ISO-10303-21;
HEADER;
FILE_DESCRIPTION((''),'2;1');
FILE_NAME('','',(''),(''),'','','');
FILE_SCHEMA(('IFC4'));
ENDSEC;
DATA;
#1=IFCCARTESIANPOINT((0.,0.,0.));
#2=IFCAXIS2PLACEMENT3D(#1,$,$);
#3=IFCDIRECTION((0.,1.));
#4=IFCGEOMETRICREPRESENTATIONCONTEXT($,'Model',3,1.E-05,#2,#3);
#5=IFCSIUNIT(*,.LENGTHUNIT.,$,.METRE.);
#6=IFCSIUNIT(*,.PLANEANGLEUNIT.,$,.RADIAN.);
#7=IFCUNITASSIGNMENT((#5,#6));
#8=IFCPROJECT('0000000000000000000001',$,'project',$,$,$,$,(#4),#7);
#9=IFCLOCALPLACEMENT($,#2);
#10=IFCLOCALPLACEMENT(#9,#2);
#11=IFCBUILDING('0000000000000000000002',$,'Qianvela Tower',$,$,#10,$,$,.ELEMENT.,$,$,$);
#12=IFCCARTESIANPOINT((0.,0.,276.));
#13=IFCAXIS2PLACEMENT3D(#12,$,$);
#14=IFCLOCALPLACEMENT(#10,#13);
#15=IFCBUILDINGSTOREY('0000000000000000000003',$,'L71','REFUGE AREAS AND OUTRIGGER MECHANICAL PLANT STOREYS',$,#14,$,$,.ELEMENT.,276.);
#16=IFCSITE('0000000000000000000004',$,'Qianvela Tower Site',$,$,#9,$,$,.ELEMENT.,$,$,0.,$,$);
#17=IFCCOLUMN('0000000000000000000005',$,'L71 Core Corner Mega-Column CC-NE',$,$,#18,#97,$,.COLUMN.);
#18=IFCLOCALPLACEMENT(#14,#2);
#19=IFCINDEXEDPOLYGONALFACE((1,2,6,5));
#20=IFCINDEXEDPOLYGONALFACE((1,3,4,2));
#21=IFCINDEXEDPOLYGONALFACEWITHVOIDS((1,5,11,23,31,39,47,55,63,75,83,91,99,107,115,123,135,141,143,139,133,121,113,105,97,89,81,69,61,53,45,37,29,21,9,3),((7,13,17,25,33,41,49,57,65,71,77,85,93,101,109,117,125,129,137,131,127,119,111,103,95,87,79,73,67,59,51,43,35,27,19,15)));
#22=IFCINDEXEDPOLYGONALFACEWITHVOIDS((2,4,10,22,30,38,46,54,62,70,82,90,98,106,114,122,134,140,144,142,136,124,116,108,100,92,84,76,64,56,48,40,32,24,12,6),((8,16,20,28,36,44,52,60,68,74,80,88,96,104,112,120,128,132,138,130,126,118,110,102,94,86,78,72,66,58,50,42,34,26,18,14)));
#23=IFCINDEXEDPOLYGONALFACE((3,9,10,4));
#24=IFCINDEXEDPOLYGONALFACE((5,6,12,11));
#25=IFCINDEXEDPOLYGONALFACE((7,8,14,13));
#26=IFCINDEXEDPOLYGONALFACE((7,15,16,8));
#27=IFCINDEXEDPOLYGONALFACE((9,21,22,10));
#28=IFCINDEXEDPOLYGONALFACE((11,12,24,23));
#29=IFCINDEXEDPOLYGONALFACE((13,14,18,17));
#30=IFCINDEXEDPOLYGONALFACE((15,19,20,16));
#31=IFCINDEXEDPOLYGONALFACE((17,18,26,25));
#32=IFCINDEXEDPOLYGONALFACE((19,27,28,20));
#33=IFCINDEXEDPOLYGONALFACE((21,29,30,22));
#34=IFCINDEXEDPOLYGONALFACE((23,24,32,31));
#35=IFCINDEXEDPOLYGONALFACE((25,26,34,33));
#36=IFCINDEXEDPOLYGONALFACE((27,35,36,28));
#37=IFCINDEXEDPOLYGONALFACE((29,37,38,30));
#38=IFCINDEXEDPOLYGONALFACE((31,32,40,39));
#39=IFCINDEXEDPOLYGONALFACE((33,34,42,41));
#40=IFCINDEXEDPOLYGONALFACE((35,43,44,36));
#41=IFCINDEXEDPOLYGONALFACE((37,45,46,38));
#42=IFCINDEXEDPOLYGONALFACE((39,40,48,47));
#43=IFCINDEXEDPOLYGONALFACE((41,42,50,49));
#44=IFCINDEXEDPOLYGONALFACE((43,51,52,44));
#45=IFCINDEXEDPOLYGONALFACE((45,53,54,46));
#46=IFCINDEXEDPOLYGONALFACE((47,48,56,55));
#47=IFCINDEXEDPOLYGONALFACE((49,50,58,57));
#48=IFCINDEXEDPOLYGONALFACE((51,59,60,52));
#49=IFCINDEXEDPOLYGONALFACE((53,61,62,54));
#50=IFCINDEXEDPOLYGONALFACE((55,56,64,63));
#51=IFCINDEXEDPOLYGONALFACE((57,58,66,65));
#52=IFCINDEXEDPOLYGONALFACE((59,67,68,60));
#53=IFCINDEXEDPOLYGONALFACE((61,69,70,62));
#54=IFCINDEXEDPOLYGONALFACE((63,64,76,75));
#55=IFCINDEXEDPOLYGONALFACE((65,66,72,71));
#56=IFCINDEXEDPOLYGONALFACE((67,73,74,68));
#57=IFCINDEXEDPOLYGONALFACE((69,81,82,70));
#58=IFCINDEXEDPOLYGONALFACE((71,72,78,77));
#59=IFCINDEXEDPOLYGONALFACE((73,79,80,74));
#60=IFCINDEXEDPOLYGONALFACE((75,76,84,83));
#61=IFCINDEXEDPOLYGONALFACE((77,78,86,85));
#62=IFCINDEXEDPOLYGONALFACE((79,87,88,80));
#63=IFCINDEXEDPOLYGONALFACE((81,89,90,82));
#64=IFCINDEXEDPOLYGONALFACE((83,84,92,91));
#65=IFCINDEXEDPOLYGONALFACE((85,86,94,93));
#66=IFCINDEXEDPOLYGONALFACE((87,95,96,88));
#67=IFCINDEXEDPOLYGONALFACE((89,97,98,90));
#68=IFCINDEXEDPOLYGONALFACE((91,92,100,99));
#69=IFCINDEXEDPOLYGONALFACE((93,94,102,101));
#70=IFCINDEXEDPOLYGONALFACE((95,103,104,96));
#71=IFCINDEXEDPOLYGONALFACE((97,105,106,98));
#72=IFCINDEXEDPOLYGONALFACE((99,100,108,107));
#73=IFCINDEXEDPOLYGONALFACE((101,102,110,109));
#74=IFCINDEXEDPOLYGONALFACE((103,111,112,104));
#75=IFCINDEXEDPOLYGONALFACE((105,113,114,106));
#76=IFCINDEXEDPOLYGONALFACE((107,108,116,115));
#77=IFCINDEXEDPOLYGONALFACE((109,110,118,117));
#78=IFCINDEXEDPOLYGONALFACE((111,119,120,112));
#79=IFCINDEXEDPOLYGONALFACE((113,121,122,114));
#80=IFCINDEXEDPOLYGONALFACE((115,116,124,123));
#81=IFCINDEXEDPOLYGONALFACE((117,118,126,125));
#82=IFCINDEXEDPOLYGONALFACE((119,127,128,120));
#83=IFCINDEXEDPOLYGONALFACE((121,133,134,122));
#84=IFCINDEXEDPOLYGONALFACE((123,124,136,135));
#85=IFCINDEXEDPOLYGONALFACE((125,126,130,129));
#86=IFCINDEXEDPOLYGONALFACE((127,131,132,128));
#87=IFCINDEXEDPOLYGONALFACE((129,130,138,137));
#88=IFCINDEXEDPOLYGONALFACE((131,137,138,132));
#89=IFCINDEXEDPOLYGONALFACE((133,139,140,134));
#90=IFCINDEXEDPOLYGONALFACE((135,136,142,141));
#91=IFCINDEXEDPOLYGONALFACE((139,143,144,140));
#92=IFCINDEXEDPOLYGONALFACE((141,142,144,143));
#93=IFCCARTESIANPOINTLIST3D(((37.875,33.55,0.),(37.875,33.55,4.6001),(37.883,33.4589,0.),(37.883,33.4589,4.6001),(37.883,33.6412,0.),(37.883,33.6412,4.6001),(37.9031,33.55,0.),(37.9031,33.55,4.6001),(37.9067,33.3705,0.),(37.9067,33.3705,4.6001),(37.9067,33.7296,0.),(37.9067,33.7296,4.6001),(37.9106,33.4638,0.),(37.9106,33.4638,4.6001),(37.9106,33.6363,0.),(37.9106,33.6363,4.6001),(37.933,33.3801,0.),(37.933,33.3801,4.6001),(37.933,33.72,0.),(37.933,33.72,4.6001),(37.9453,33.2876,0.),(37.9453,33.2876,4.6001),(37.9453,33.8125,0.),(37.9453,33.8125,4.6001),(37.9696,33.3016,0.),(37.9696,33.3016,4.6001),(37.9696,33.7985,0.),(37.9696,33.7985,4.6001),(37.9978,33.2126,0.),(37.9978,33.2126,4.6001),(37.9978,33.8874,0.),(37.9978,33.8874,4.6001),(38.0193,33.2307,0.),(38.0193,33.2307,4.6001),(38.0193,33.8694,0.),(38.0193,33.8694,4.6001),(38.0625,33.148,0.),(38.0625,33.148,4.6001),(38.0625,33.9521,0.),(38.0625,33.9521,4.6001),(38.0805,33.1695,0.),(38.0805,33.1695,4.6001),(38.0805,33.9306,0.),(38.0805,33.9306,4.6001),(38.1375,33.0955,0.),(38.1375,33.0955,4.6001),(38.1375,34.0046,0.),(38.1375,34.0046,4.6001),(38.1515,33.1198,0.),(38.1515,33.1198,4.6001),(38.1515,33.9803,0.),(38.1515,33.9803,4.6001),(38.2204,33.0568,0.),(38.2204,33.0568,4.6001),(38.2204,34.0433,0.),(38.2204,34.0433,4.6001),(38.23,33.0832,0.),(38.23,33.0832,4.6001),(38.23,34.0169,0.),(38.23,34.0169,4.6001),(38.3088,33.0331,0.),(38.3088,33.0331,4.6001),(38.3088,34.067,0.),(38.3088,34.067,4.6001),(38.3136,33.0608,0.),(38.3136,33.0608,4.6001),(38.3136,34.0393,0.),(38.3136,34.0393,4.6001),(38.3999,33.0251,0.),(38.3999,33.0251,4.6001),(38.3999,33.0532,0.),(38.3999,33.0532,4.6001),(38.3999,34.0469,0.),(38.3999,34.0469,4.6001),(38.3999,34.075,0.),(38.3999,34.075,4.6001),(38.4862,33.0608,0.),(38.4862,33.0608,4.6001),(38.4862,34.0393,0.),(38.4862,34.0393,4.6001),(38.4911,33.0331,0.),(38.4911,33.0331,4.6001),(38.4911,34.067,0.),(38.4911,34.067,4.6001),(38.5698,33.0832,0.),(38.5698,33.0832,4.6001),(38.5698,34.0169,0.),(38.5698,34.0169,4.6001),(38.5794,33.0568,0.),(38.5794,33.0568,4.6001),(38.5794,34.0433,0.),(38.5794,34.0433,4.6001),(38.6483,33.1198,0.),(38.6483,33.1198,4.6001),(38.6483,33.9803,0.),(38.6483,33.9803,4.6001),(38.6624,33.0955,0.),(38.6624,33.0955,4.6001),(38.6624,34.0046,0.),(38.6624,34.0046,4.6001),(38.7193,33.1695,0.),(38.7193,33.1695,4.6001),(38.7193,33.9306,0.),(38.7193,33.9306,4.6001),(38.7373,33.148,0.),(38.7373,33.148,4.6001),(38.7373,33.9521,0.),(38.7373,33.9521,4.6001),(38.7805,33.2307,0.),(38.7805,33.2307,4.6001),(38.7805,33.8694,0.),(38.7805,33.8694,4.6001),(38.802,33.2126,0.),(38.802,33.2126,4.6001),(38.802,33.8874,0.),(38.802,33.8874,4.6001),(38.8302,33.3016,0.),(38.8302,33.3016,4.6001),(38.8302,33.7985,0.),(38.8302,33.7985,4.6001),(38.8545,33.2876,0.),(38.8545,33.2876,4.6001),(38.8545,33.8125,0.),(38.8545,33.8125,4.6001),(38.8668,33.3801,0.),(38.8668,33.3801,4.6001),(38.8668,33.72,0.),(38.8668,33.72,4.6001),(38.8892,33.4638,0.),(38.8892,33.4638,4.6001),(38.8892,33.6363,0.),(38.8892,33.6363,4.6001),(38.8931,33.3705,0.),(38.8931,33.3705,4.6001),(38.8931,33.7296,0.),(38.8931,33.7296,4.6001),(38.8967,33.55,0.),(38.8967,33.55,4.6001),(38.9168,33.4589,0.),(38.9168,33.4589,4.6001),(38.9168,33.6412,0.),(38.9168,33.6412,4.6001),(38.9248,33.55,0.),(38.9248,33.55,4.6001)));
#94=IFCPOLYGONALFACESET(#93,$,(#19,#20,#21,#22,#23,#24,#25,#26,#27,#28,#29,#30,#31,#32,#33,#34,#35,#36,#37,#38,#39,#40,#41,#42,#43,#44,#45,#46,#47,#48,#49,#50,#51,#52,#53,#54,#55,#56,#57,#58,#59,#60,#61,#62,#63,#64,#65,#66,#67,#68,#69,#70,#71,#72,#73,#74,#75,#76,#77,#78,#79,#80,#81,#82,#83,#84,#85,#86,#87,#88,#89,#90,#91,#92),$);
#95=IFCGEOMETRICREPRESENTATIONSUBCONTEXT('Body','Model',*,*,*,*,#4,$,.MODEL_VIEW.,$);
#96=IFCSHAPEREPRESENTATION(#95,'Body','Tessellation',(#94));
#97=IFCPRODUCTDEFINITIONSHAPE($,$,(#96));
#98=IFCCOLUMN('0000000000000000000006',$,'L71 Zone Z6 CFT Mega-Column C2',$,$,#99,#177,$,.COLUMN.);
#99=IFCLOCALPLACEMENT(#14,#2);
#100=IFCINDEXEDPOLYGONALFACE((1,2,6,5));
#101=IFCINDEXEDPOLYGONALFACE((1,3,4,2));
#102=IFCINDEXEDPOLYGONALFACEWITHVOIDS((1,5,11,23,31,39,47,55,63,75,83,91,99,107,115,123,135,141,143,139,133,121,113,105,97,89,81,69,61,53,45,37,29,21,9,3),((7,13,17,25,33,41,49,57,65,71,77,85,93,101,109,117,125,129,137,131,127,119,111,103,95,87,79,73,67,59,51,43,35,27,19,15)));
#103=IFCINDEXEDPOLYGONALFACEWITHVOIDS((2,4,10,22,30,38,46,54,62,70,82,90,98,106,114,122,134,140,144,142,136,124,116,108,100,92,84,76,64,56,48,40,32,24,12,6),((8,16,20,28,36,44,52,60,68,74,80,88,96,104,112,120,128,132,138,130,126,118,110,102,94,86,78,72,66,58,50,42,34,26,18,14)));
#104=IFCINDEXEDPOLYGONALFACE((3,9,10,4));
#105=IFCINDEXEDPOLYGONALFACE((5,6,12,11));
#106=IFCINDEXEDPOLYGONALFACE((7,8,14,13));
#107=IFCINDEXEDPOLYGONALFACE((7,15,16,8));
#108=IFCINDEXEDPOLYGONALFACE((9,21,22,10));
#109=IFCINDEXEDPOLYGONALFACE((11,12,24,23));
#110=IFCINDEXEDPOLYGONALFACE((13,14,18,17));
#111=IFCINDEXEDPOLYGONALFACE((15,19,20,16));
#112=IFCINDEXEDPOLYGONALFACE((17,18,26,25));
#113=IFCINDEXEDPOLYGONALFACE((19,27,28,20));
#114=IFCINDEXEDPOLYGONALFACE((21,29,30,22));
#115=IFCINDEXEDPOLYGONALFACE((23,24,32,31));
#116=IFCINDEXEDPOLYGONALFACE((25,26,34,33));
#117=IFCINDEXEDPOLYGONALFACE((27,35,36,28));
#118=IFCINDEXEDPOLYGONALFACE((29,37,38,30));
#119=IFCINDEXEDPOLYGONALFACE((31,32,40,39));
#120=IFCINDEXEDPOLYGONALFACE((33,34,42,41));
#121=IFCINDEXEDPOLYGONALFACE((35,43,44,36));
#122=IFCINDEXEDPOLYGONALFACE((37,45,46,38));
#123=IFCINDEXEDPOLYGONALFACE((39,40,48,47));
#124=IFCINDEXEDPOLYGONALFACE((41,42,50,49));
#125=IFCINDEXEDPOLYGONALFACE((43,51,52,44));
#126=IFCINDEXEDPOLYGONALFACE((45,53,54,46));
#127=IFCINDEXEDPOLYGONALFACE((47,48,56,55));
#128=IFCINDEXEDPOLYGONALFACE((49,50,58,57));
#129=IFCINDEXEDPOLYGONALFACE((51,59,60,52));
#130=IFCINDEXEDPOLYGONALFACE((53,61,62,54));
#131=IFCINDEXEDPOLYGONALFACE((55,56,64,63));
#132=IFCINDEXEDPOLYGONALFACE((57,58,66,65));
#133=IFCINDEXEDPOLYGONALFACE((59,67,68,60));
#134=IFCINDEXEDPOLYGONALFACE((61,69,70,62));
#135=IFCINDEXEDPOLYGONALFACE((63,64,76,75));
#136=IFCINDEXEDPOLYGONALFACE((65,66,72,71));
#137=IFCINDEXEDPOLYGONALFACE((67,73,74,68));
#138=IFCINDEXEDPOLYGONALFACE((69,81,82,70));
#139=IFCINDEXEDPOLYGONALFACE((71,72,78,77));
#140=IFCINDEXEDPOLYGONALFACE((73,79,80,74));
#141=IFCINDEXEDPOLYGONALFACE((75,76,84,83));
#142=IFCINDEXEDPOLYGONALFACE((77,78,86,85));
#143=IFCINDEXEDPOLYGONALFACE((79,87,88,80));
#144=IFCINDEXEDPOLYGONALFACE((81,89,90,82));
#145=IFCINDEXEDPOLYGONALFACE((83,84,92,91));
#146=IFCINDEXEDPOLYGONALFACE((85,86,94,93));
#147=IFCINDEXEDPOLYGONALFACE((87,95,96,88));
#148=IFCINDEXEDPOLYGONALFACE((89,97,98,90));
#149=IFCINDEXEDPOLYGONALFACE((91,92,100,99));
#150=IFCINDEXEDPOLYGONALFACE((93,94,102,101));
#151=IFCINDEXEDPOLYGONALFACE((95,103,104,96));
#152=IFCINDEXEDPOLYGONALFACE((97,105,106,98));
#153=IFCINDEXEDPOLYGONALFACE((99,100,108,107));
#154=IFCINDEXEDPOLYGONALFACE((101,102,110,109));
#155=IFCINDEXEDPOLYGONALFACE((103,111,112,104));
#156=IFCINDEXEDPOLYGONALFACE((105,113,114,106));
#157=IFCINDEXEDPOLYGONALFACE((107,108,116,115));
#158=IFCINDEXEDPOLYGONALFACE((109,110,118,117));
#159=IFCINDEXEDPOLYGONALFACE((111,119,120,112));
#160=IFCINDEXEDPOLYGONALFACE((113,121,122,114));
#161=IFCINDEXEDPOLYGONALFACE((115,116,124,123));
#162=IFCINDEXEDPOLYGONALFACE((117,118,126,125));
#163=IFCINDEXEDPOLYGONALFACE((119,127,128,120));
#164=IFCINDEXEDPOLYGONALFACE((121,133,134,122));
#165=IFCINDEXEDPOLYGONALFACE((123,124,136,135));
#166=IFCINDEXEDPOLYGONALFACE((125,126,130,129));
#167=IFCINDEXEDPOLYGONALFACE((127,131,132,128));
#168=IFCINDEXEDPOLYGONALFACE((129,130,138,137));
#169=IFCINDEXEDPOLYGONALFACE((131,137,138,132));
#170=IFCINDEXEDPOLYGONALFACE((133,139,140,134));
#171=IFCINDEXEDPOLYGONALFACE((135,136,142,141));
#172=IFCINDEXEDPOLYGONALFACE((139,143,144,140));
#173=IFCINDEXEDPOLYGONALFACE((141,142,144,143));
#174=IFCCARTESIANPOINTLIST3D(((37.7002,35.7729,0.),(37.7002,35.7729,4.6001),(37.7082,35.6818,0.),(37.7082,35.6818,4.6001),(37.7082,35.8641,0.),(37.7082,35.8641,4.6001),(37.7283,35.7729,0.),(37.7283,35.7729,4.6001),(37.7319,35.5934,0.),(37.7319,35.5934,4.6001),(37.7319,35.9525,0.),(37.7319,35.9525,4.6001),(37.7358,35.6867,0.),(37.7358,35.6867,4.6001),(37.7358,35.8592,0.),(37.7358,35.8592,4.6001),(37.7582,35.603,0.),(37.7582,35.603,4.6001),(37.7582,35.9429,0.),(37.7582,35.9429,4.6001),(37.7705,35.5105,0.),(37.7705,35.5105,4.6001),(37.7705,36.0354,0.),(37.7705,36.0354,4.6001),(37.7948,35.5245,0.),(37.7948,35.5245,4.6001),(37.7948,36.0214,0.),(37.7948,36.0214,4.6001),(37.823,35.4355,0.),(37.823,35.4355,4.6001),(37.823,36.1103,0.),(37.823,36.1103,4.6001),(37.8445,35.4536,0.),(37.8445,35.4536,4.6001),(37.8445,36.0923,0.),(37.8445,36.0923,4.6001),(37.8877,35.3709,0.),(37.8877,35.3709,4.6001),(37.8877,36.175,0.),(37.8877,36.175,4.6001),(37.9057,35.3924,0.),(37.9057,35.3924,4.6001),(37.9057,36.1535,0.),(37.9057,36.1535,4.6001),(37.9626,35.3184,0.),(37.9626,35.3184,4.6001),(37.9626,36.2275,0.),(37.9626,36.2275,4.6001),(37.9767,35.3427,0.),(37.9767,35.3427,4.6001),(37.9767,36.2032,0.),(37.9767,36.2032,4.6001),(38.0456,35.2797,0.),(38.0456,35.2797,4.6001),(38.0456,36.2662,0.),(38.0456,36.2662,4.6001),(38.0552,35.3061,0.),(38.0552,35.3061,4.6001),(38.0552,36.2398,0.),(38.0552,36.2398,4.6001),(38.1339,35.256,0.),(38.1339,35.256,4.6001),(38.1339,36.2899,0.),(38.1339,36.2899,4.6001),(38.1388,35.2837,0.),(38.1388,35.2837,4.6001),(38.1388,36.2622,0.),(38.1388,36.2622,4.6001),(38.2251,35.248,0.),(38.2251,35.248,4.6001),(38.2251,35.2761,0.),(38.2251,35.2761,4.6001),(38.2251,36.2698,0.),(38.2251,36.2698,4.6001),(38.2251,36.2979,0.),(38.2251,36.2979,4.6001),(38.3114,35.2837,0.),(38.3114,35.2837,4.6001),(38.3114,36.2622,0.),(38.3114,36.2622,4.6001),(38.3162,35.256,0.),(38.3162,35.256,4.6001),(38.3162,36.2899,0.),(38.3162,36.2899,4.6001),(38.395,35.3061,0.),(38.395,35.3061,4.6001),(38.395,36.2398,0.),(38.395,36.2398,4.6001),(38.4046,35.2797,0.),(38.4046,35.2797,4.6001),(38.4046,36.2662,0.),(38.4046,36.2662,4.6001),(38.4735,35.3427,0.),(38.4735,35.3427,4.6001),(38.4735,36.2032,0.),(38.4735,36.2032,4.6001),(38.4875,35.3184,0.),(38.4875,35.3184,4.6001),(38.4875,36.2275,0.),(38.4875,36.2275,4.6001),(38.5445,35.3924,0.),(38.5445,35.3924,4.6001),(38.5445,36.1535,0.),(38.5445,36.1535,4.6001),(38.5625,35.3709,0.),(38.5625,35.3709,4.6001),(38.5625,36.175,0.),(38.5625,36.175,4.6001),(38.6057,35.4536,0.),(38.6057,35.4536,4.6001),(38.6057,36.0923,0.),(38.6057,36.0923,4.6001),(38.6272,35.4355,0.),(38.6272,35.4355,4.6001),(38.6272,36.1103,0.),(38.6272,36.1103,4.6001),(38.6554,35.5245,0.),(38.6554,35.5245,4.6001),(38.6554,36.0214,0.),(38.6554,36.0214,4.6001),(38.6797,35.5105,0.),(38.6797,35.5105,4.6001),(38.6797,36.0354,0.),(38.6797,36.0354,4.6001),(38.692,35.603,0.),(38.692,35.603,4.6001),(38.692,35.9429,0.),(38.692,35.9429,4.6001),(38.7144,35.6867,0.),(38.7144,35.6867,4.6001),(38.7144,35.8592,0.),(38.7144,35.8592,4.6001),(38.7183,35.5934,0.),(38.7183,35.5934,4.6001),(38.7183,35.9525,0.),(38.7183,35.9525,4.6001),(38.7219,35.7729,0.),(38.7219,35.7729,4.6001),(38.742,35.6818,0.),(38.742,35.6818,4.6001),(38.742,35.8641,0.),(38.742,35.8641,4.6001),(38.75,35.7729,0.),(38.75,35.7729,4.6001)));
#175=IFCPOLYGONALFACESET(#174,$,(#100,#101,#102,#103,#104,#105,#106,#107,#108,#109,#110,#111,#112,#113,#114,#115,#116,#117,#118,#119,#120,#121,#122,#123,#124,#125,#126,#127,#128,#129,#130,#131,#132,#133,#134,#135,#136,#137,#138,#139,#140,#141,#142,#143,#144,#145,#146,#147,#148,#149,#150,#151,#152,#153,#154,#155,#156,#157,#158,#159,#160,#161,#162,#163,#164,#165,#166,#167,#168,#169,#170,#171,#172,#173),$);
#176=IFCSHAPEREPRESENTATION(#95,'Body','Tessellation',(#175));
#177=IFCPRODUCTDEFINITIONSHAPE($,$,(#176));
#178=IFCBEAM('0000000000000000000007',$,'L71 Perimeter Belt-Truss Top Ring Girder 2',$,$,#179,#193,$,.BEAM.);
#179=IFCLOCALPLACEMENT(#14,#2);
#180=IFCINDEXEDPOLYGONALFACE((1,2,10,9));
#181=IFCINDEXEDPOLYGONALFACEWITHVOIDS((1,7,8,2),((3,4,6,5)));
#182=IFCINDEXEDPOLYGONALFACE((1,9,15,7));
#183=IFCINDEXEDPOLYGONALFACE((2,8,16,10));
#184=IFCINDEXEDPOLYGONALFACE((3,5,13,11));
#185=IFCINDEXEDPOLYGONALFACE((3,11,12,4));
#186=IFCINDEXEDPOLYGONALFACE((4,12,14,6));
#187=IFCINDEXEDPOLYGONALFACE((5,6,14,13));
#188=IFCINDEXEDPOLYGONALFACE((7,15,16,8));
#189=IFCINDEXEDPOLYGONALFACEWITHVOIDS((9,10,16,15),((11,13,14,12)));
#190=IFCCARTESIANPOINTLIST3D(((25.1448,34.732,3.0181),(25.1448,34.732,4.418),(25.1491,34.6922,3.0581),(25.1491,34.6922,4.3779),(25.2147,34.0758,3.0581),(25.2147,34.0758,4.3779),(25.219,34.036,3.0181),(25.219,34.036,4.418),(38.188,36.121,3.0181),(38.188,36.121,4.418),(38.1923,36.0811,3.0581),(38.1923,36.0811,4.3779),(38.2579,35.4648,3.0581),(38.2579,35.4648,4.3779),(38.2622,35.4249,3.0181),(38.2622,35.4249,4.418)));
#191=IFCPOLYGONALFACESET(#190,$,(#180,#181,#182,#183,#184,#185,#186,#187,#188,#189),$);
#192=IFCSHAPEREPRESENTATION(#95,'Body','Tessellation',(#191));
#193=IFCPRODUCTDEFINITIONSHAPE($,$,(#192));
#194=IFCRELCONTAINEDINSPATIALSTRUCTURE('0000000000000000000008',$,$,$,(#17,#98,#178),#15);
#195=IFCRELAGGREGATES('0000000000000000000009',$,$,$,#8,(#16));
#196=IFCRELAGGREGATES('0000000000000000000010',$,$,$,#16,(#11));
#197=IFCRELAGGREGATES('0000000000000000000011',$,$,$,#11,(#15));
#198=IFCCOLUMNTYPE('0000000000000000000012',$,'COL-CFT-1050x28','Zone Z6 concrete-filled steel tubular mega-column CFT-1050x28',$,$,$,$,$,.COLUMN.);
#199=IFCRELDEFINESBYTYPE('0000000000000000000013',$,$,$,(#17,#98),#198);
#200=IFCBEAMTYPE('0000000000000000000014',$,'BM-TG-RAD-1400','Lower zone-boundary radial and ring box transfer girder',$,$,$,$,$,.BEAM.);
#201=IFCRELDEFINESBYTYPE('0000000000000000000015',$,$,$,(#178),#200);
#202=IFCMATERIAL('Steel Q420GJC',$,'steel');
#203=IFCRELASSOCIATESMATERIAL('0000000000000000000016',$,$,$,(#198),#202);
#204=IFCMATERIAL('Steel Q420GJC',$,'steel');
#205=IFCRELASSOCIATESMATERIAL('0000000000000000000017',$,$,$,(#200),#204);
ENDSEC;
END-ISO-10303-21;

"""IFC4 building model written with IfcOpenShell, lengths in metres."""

from ifc_helpers import new_model, si_unit, direction, frame, origin, origin_2d, place, context, subcontext, project, spatial, hollow_rectangle, hollow_circle, extrude, material, material_profile, profile_set, type_object, element, save


model = new_model("IFC4")

# Units and contexts
model_context = context("Model", 3, precision=1e-05, world=origin(), true_north=direction((0.0, 1.0)))
body_context = subcontext(model_context, "Body", "Model", "MODEL_VIEW")
ifc_project = project(units=[si_unit("LENGTHUNIT", "METRE"), si_unit("PLANEANGLEUNIT", "RADIAN")], contexts=[model_context])

# Site, building, storey
site_placement = place(None, origin())
site = spatial("IfcSite", under=ifc_project, at=site_placement, Name="Qianvela Tower Site", CompositionType="ELEMENT", RefElevation=0.0)
building_placement = place(site_placement, origin())
building = spatial("IfcBuilding", under=site, at=building_placement, Name="Qianvela Tower", CompositionType="ELEMENT")
storey_placement = place(building_placement, frame((0.0, 0.0, 276.0)))
storey = spatial("IfcBuildingStorey", under=building, at=storey_placement, Name="L71", Description="REFUGE AREAS AND OUTRIGGER MECHANICAL PLANT STOREYS", CompositionType="ELEMENT", Elevation=276.0)

# Columns
ifc_material_1 = material(Name="Steel Q420GJC", Category="steel")
ifc_material_profile_1 = material_profile(ifc_material_1, hollow_circle(Radius=0.5249, WallThickness=0.0281, at=origin_2d()), Name="CFT-1050x28")
ifc_profile_set_1 = profile_set([ifc_material_profile_1], Name="Steel Q420GJC")
column_type = type_object("IfcColumnType", Name="COL-CFT-1050x28", Description="Zone Z6 concrete-filled steel tubular mega-column CFT-1050x28", PredefinedType="COLUMN", material=ifc_profile_set_1)
for number, where, z_axis, x_axis, name in (
    (1, (38.3999, 33.55, 0.0), (0.0, 0.0, 1.0), (1.0, 0.0, 0.0), "L71 Core Corner Mega-Column CC-NE"),
    (2, (38.2251, 35.7729, 0.0), (0.0, 0.0, 1.0), (1.0, 0.0, 0.0), "L71 Zone Z6 CFT Mega-Column C2"),
):
    element("IfcColumn", number, at=place(storey_placement, frame(where, z_axis=z_axis, x_axis=x_axis)), inside=storey, type_object=column_type, Name=name, PredefinedType="COLUMN", context=body_context, shape_type="SweptSolid", body=[
        extrude(hollow_circle(Radius=0.5249, WallThickness=0.0281, at=origin_2d()), origin(), (0.0, 0.0, 1.0), 4.6001),
    ])

# Beam
ifc_material_2 = material(Name="Steel Q420GJC", Category="steel")
ifc_material_profile_2 = material_profile(ifc_material_2, hollow_rectangle(XDim=0.7, YDim=1.3999, WallThickness=0.04, at=origin_2d()), Name="TG-BOX-1400x700x40")
ifc_profile_set_2 = profile_set([ifc_material_profile_2], Name="Steel Q420GJC")
beam_type_1 = type_object("IfcBeamType", Name="BM-TG-RAD-1400", Description="Lower zone-boundary radial and ring box transfer girder", PredefinedType="BEAM", material=ifc_profile_set_2)
beam_1_placement = place(storey_placement, frame((38.2251, 35.7729, 3.718), z_axis=(-0.994378, -0.105887, 0.0), x_axis=(0.105887, -0.994378, 0.0)))
element("IfcBeam", 3, at=beam_1_placement, inside=storey, type_object=beam_type_1, Name="L71 Perimeter Belt-Truss Top Ring Girder 2", PredefinedType="BEAM", context=body_context, shape_type="SweptSolid", body=[
    extrude(hollow_rectangle(XDim=0.7, YDim=1.3999, WallThickness=0.04, at=origin_2d()), origin(), (0.0, 0.0, 1.0), 13.1169),
])

save(model, "model.ifc")
